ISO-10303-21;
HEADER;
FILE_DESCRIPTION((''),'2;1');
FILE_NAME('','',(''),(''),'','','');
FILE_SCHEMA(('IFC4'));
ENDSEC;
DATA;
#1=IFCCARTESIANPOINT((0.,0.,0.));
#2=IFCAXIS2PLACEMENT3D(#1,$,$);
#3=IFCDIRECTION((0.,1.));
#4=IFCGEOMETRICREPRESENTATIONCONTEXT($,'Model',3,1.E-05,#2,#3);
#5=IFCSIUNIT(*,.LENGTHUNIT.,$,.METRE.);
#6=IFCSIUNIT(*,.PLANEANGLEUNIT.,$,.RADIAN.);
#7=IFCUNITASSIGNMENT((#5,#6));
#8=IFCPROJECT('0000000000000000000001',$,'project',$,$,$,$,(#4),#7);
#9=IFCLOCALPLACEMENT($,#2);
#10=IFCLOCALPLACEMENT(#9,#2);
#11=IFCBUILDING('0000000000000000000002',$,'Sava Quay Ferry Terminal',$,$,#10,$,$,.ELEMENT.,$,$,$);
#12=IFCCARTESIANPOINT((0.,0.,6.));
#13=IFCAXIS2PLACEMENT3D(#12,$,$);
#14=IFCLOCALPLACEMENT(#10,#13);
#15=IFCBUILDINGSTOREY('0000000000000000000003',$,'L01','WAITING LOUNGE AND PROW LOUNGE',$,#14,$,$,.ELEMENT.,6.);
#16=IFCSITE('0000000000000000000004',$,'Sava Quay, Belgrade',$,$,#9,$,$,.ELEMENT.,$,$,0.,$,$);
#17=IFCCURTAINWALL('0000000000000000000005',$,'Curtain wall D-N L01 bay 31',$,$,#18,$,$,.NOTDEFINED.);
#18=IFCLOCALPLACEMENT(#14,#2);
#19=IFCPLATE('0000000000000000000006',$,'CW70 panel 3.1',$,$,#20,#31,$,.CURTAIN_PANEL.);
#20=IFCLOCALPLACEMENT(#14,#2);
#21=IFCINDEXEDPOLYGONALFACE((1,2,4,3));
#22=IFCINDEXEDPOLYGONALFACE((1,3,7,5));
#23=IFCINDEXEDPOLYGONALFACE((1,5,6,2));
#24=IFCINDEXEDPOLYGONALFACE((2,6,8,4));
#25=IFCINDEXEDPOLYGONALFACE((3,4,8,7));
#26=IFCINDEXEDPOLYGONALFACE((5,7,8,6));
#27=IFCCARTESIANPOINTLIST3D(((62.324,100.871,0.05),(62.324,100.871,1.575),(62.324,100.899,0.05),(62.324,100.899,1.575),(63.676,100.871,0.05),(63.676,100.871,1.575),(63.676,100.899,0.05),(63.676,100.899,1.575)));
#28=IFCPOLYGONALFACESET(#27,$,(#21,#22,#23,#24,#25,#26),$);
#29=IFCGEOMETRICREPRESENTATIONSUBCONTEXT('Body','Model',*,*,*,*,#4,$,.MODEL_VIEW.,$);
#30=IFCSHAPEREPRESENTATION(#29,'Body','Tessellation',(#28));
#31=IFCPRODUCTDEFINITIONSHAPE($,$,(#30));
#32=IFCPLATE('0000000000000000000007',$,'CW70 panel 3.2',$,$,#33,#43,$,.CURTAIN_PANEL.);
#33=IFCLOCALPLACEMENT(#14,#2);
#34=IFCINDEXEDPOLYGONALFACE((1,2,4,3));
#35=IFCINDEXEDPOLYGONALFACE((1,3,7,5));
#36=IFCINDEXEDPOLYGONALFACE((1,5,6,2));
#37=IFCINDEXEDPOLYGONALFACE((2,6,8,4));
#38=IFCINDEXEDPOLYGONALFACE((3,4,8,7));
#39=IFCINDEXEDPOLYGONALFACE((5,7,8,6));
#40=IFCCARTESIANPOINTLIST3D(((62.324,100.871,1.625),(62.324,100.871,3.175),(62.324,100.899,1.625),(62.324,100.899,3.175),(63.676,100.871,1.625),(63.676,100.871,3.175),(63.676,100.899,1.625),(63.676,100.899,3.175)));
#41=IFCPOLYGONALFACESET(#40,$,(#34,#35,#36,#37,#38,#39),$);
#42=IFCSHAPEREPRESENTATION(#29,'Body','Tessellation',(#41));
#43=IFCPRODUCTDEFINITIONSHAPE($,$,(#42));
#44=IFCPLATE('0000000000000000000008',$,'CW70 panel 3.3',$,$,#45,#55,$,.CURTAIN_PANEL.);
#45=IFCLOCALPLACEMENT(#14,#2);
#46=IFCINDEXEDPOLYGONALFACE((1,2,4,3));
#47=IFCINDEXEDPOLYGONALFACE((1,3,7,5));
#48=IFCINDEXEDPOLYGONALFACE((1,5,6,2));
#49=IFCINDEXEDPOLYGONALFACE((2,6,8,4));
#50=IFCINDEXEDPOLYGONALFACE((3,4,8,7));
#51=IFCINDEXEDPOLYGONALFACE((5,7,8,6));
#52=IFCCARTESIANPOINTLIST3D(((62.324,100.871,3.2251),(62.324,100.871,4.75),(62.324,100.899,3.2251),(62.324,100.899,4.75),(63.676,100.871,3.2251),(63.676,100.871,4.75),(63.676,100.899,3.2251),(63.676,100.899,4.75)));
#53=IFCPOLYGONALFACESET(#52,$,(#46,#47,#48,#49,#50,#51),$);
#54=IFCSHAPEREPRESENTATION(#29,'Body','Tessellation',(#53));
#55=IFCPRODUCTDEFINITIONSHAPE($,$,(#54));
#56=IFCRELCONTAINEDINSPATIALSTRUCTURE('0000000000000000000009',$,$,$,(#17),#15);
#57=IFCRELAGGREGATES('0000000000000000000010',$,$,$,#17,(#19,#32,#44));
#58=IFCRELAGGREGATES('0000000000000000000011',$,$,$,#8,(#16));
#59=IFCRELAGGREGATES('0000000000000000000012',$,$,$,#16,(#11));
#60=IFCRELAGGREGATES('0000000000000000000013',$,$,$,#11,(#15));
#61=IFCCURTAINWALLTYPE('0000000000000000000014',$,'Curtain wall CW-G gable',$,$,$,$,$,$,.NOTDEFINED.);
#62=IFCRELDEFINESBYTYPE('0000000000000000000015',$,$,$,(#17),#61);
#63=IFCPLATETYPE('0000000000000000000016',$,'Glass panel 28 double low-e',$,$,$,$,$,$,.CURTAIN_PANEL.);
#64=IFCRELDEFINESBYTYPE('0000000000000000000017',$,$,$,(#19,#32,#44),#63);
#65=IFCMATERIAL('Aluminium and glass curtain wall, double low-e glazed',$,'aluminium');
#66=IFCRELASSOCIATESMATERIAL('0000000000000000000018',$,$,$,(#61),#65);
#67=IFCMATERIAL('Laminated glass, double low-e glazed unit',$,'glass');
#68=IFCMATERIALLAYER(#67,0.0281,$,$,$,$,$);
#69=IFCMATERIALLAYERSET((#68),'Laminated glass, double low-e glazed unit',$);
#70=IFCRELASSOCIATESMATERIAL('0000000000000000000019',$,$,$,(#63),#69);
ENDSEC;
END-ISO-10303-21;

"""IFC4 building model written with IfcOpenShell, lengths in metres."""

from ifc_helpers import new_model, si_unit, direction, frame, origin, origin_2d, place, context, subcontext, project, spatial, rectangle, extrude, material, layer, layer_set, type_object, element, aggregate, save


model = new_model("IFC4")

# Units and contexts
model_context = context("Model", 3, precision=1e-05, world=origin(), true_north=direction((0.0, 1.0)))
body_context = subcontext(model_context, "Body", "Model", "MODEL_VIEW")
ifc_project = project(units=[si_unit("LENGTHUNIT", "METRE"), si_unit("PLANEANGLEUNIT", "RADIAN")], contexts=[model_context])

# Site, building, storey
site_placement = place(None, origin())
site = spatial("IfcSite", under=ifc_project, at=site_placement, Name="Sava Quay, Belgrade", CompositionType="ELEMENT", RefElevation=0.0)
building_placement = place(site_placement, origin())
building = spatial("IfcBuilding", under=site, at=building_placement, Name="Sava Quay Ferry Terminal", CompositionType="ELEMENT")
storey_placement = place(building_placement, frame((0.0, 0.0, 6.0)))
storey = spatial("IfcBuildingStorey", under=building, at=storey_placement, Name="L01", Description="WAITING LOUNGE AND PROW LOUNGE", CompositionType="ELEMENT", Elevation=6.0)

# Curtain wall, plates
ifc_material_1 = material(Name="Aluminium and glass curtain wall, double low-e glazed", Category="aluminium")
curtain_wall_type = type_object("IfcCurtainWallType", Name="Curtain wall CW-G gable", PredefinedType="NOTDEFINED", material=ifc_material_1)
curtain_wall_placement = place(storey_placement, origin())
curtain_wall = element("IfcCurtainWall", 1, at=curtain_wall_placement, inside=storey, type_object=curtain_wall_type, Name="Curtain wall D-N L01 bay 31", PredefinedType="NOTDEFINED")
ifc_material_2 = material(Name="Laminated glass, double low-e glazed unit", Category="glass")
ifc_layer = layer(ifc_material_2, 0.0281)
ifc_layer_set = layer_set([ifc_layer], Name="Laminated glass, double low-e glazed unit")
plate_type = type_object("IfcPlateType", Name="Glass panel 28 double low-e", PredefinedType="CURTAIN_PANEL", material=ifc_layer_set)
plate_1_placement = place(storey_placement, frame((63.0, 100.885, 0.05), z_axis=(0.0, 0.0, 1.0), x_axis=(1.0, 0.0, 0.0)))
plate_1 = element("IfcPlate", 2, at=plate_1_placement, type_object=plate_type, Name="CW70 panel 3.1", PredefinedType="CURTAIN_PANEL", context=body_context, shape_type="SweptSolid", body=[
    extrude(rectangle(XDim=1.3521, YDim=0.0281, at=origin_2d()), origin(), (0.0, 0.0, 1.0), 1.5249),
])
plate_2_placement = place(storey_placement, frame((63.0, 100.885, 1.625), z_axis=(0.0, 0.0, 1.0), x_axis=(1.0, 0.0, 0.0)))
plate_2 = element("IfcPlate", 3, at=plate_2_placement, type_object=plate_type, Name="CW70 panel 3.2", PredefinedType="CURTAIN_PANEL", context=body_context, shape_type="SweptSolid", body=[
    extrude(rectangle(XDim=1.3521, YDim=0.0281, at=origin_2d()), origin(), (0.0, 0.0, 1.0), 1.55),
])
plate_3_placement = place(storey_placement, frame((63.0, 100.885, 3.2251), z_axis=(0.0, 0.0, 1.0), x_axis=(1.0, 0.0, 0.0)))
plate_3 = element("IfcPlate", 4, at=plate_3_placement, type_object=plate_type, Name="CW70 panel 3.3", PredefinedType="CURTAIN_PANEL", context=body_context, shape_type="SweptSolid", body=[
    extrude(rectangle(XDim=1.3521, YDim=0.0281, at=origin_2d()), origin(), (0.0, 0.0, 1.0), 1.5249),
])
aggregate(curtain_wall, [plate_1, plate_2, plate_3])

save(model, "model.ifc")
